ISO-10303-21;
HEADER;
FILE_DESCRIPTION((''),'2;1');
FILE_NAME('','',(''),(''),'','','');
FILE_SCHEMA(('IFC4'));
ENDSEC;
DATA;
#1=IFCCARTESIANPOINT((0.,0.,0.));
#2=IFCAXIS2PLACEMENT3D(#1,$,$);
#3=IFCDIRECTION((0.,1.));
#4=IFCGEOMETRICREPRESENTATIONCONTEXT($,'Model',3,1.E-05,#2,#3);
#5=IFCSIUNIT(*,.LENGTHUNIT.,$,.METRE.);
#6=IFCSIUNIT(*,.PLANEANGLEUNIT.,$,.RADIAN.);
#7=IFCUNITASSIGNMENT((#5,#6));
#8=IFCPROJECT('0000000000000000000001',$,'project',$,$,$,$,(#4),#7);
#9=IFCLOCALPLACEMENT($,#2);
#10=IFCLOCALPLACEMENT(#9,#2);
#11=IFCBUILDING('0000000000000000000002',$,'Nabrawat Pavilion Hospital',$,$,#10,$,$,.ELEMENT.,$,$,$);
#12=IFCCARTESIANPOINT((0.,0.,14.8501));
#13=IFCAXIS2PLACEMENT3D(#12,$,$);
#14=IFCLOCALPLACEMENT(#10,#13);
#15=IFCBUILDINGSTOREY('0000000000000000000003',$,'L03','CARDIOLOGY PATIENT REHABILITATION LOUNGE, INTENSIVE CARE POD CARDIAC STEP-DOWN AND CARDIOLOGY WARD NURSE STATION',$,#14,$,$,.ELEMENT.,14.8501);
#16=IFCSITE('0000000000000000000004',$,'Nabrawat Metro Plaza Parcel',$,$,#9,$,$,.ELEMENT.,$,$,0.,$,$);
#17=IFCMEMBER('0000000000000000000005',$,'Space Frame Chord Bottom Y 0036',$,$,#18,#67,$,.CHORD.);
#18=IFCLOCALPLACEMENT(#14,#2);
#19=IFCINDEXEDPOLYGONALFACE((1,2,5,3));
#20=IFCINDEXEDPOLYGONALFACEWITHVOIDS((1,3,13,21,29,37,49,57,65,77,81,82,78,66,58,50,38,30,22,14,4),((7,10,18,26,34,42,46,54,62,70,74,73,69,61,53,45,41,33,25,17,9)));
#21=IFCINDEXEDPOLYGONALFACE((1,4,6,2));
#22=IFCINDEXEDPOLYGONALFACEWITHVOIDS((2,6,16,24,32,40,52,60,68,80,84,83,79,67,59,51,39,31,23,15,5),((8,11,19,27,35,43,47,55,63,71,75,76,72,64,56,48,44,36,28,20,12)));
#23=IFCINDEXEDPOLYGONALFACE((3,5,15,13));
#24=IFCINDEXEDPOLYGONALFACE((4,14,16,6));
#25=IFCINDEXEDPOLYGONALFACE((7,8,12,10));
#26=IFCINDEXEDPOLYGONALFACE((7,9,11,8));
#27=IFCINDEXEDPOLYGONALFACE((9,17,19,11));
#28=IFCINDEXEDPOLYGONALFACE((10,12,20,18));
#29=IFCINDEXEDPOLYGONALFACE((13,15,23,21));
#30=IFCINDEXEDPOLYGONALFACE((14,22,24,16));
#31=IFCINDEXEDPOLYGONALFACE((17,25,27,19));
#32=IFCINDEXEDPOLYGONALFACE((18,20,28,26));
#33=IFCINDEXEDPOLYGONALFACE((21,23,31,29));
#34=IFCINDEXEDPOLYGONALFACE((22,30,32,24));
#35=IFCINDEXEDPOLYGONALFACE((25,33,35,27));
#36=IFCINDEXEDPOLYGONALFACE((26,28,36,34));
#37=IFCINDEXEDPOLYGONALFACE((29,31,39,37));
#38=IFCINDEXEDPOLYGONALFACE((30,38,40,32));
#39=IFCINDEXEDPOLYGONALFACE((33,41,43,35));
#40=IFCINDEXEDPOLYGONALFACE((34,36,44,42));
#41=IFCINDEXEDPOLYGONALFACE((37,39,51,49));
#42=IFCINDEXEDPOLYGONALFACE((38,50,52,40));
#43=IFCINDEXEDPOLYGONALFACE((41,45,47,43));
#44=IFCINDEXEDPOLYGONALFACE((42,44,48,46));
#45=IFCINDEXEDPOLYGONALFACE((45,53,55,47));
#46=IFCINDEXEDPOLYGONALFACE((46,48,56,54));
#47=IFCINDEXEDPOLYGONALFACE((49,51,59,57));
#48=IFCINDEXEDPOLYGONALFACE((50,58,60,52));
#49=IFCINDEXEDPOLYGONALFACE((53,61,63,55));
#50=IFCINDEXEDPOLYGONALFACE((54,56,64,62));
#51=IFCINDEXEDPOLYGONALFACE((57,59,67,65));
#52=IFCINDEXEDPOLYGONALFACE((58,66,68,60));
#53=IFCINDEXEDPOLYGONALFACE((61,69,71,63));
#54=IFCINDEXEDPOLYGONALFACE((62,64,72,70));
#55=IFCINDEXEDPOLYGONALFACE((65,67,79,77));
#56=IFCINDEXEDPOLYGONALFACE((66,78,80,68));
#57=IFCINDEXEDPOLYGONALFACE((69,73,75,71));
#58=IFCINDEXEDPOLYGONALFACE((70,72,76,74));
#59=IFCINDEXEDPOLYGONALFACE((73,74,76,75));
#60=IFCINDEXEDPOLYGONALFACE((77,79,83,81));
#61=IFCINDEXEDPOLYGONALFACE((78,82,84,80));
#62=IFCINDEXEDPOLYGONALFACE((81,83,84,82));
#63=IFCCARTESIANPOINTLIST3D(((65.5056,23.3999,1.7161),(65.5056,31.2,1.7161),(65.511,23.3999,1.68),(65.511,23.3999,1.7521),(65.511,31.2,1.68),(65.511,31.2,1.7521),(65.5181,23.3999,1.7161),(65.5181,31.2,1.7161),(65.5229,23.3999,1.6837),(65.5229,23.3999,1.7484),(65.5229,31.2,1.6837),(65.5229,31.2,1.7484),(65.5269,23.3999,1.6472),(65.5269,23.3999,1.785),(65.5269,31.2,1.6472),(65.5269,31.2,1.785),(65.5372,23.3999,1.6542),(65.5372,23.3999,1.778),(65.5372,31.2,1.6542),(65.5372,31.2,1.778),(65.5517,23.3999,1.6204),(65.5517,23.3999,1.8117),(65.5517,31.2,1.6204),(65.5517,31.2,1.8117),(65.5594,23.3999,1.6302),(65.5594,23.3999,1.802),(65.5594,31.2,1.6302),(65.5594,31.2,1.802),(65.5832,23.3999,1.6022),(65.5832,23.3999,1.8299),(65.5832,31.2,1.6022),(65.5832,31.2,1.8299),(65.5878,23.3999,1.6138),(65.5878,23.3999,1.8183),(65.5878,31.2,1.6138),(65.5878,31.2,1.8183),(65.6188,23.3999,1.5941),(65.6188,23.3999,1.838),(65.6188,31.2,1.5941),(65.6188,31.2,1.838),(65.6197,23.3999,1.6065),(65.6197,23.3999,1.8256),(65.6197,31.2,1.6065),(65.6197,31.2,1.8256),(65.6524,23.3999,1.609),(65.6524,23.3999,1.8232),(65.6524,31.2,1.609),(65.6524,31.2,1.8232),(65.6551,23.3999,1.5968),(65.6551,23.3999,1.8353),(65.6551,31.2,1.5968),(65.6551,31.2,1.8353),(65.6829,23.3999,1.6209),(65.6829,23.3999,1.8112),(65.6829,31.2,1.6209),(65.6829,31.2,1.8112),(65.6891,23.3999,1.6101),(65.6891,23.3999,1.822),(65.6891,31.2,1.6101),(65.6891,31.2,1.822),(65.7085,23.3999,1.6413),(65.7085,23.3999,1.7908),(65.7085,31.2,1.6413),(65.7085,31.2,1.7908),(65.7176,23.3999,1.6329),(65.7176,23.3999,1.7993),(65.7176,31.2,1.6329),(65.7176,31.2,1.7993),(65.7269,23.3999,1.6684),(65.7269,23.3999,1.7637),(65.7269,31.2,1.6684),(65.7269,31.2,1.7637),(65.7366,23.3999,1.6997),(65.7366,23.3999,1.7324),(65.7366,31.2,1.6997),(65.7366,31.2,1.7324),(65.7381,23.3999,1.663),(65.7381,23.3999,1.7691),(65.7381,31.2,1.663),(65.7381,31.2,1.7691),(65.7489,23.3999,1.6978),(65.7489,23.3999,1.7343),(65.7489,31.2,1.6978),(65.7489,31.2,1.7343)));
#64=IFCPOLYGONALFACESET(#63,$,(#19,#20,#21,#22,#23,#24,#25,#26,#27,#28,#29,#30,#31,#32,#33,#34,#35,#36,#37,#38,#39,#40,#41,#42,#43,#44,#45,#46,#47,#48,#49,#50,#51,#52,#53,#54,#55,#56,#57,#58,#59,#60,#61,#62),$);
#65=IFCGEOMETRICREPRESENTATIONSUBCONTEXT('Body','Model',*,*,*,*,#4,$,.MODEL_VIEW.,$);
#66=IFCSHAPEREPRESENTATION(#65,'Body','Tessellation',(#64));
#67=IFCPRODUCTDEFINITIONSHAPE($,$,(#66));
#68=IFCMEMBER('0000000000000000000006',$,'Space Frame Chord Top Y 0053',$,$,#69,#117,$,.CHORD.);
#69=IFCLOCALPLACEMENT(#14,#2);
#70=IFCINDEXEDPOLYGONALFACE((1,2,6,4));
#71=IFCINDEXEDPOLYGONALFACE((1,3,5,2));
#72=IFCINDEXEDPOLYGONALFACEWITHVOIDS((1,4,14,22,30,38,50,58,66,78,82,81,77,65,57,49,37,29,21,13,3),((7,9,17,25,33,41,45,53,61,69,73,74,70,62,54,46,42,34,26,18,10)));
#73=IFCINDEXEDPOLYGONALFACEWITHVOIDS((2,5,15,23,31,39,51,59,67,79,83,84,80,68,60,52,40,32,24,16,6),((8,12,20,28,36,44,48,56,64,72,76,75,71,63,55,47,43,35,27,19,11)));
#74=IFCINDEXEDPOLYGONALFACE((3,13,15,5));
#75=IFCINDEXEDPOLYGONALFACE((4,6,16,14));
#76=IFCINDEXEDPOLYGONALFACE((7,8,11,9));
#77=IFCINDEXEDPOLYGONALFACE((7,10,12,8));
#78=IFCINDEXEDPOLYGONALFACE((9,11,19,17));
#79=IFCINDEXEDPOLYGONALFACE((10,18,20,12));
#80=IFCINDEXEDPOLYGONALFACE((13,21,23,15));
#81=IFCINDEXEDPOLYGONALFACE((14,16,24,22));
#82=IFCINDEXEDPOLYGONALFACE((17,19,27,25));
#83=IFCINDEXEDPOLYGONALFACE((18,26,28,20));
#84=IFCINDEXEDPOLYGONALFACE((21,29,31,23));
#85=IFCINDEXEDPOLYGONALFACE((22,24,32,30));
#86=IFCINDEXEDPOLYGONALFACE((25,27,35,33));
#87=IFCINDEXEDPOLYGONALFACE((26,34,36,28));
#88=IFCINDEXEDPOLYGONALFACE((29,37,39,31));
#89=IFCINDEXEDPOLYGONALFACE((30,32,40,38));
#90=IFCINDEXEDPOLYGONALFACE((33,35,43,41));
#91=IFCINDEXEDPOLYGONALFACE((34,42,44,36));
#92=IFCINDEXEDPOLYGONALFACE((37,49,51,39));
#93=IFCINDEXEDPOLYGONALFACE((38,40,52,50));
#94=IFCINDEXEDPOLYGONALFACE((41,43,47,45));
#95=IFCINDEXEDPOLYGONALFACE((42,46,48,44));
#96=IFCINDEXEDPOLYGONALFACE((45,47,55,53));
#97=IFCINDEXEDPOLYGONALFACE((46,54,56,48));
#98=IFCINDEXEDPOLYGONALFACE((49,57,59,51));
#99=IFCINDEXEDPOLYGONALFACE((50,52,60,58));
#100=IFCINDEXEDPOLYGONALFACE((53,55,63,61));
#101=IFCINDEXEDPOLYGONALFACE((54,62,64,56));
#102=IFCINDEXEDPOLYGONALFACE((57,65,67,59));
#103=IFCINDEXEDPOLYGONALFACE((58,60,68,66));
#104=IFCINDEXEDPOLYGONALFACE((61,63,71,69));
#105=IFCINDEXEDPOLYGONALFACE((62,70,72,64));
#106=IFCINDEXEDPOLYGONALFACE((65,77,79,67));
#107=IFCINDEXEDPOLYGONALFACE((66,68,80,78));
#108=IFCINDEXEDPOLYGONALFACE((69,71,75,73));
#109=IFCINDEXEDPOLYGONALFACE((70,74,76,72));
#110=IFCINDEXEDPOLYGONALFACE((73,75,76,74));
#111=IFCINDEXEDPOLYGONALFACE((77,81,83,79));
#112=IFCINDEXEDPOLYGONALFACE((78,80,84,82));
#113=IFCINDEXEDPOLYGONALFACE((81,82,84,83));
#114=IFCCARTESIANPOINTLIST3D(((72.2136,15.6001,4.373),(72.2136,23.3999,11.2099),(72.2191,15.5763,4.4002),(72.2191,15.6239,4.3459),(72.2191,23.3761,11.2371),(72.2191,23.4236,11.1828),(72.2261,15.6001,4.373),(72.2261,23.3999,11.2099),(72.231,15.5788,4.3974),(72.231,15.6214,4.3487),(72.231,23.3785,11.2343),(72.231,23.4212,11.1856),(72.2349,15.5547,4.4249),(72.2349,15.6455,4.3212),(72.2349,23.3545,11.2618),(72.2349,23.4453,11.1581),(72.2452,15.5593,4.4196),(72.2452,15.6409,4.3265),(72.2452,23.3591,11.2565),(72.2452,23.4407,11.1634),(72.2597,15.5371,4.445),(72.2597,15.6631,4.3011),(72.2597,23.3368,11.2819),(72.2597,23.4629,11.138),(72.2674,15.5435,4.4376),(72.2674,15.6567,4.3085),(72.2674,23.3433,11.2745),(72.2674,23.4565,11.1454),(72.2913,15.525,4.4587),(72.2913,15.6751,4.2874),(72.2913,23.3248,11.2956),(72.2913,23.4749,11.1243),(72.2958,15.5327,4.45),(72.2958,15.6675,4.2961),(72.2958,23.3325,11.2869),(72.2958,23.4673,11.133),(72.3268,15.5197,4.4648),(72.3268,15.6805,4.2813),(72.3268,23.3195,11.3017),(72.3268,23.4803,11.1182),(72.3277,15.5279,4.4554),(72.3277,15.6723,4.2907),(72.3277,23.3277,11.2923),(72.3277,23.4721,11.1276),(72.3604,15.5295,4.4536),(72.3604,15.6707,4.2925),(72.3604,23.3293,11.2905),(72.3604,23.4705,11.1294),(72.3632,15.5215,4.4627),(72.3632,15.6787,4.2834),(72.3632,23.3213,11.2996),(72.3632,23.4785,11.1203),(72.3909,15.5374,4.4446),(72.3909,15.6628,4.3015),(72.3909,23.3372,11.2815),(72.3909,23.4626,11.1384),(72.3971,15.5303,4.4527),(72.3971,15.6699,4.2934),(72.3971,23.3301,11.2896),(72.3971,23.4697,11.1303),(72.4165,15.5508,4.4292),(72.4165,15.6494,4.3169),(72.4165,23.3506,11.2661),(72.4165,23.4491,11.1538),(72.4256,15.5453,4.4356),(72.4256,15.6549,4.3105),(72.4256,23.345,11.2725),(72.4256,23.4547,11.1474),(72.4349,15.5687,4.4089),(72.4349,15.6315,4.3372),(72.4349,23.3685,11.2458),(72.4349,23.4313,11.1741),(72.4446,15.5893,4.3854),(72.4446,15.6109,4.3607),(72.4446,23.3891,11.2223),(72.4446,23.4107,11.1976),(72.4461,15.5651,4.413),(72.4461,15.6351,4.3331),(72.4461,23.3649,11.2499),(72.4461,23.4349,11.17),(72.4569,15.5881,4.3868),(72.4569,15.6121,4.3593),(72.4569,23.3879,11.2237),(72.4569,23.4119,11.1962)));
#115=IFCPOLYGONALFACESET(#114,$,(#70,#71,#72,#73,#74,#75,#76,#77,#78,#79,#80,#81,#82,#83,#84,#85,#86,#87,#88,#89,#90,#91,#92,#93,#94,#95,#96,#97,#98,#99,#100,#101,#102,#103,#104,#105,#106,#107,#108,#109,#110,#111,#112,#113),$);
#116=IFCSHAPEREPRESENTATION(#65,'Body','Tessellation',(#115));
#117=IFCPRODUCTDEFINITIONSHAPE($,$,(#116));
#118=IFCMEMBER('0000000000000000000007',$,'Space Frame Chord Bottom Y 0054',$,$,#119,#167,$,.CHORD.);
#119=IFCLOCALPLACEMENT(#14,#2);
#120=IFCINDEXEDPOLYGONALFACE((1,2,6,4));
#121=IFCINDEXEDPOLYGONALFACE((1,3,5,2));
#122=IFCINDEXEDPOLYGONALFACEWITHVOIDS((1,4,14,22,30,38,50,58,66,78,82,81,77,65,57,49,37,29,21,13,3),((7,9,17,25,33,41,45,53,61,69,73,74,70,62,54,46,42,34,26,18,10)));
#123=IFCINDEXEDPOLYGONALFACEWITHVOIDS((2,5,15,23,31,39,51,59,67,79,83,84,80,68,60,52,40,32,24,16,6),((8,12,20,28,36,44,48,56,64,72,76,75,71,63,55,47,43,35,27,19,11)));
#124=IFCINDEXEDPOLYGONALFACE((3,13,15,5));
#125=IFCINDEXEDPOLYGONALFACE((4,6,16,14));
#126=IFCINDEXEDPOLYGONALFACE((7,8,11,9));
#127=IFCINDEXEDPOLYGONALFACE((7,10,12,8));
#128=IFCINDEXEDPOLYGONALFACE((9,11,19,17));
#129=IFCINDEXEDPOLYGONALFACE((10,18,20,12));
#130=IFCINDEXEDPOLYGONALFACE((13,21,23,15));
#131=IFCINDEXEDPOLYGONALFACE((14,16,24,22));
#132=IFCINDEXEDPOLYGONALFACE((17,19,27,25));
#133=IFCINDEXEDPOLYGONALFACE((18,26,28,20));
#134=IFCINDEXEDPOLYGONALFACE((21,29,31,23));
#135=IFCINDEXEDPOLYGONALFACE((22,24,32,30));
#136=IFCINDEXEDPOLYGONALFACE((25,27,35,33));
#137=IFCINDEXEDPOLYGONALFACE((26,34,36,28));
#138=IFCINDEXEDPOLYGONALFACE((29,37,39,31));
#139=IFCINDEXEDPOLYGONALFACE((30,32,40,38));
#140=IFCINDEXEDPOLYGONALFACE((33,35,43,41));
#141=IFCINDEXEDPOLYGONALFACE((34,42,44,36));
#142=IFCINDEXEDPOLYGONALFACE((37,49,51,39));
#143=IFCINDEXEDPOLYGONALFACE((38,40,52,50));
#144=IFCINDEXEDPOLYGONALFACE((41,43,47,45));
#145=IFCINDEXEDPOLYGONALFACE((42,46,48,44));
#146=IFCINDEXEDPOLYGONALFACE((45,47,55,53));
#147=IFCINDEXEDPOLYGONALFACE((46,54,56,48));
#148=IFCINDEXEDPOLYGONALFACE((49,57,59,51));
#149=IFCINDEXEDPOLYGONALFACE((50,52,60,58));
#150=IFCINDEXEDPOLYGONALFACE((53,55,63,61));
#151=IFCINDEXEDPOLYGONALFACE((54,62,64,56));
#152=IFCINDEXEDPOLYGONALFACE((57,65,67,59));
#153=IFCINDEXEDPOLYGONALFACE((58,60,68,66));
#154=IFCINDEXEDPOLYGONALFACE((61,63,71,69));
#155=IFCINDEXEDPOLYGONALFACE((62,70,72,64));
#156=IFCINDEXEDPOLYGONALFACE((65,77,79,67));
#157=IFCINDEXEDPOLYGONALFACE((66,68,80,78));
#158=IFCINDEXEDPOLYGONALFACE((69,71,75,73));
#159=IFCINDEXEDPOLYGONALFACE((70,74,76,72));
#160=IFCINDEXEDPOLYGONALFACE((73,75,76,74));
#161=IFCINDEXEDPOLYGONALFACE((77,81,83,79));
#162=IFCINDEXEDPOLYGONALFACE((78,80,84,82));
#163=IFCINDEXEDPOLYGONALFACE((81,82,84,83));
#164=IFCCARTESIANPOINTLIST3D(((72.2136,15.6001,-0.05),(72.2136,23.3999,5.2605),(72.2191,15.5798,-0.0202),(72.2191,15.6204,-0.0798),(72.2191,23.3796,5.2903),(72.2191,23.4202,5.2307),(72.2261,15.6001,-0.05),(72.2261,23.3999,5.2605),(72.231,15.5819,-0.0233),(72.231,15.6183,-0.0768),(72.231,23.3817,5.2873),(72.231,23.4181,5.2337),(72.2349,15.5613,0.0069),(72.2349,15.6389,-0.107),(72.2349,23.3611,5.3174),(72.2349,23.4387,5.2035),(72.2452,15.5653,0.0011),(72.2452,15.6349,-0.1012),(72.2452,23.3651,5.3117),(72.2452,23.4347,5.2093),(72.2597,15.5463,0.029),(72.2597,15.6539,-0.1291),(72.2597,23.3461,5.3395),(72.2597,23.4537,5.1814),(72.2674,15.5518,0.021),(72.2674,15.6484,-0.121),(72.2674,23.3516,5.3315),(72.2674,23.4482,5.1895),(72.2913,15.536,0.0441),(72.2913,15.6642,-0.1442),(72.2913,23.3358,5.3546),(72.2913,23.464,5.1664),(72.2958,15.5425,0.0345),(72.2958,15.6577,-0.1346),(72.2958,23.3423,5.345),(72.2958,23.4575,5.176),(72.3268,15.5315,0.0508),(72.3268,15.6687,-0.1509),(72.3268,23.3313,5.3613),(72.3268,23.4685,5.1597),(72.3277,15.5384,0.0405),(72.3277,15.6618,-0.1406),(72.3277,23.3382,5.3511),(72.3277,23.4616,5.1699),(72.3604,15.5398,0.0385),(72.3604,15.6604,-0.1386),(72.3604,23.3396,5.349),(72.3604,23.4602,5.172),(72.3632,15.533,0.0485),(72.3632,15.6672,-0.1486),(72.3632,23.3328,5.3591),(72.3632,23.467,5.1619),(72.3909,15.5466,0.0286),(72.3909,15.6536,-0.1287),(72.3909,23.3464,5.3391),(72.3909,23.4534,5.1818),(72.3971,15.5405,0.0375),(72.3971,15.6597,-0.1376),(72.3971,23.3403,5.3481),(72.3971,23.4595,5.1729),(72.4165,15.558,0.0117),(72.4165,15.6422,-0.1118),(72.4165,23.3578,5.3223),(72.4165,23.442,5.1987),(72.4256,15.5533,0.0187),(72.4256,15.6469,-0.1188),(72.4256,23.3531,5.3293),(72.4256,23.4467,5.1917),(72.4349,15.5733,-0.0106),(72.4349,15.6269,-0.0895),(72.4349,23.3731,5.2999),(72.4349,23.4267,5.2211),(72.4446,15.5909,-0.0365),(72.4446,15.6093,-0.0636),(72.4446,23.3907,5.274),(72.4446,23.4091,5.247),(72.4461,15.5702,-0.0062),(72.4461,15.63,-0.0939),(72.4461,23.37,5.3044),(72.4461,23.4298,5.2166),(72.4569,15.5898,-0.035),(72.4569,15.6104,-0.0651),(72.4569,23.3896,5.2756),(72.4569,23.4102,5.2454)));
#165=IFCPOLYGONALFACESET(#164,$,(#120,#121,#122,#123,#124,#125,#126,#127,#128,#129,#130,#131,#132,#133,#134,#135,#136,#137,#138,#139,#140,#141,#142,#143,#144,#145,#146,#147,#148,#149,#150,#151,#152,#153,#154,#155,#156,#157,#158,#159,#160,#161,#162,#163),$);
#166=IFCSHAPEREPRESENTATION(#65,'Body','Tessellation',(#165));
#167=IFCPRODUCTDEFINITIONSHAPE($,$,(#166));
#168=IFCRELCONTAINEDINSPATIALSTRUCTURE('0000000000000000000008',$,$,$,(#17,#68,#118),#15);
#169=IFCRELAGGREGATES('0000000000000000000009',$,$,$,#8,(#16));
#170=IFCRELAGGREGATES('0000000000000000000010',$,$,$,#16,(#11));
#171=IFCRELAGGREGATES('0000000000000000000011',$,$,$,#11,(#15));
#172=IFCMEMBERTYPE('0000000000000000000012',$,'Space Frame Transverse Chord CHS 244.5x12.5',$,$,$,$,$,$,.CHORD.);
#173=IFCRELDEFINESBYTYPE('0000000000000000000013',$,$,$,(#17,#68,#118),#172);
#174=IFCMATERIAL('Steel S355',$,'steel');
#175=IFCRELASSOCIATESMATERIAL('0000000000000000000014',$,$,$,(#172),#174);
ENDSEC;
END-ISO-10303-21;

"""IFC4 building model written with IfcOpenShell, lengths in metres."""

from ifc_helpers import new_model, si_unit, direction, frame, origin, origin_2d, place, context, subcontext, project, spatial, hollow_circle, extrude, material, material_profile, profile_set, type_object, element, save


model = new_model("IFC4")

# Units and contexts
model_context = context("Model", 3, precision=1e-05, world=origin(), true_north=direction((0.0, 1.0)))
body_context = subcontext(model_context, "Body", "Model", "MODEL_VIEW")
ifc_project = project(units=[si_unit("LENGTHUNIT", "METRE"), si_unit("PLANEANGLEUNIT", "RADIAN")], contexts=[model_context])

# Site, building, storey
site_placement = place(None, origin())
site = spatial("IfcSite", under=ifc_project, at=site_placement, Name="Nabrawat Metro Plaza Parcel", CompositionType="ELEMENT", RefElevation=0.0)
building_placement = place(site_placement, origin())
building = spatial("IfcBuilding", under=site, at=building_placement, Name="Nabrawat Pavilion Hospital", CompositionType="ELEMENT")
storey_placement = place(building_placement, frame((0.0, 0.0, 14.8501)))
storey = spatial("IfcBuildingStorey", under=building, at=storey_placement, Name="L03", Description="CARDIOLOGY PATIENT REHABILITATION LOUNGE, INTENSIVE CARE POD CARDIAC STEP-DOWN AND CARDIOLOGY WARD NURSE STATION", CompositionType="ELEMENT", Elevation=14.8501)

# Shared definitions
ifc_material = material(Name="Steel S355", Category="steel")

# Members
ifc_material_profile_1 = material_profile(ifc_material, hollow_circle(Radius=0.1223, WallThickness=0.0125, at=origin_2d()), Name="CHS 244.5x12.5")
ifc_profile_set_1 = profile_set([ifc_material_profile_1], Name="Steel S355")
member_type_1 = type_object("IfcMemberType", Name="Space Frame Transverse Chord CHS 244.5x12.5", PredefinedType="CHORD", material=ifc_profile_set_1)
for number, where, z_axis, x_axis, name in (
    (1, (65.6279, 23.3999, 1.7161), (0.0, 1.0, 0.0), (-1.0, 0.0, 0.0), "Space Frame Chord Bottom Y 0036"),
):
    element("IfcMember", number, at=place(storey_placement, frame(where, z_axis=z_axis, x_axis=x_axis)), inside=storey, type_object=member_type_1, Name=name, PredefinedType="CHORD", context=body_context, shape_type="SweptSolid", body=[
        extrude(hollow_circle(Radius=0.1223, WallThickness=0.0125, at=origin_2d()), origin(), (0.0, 0.0, 1.0), 7.8),
    ])
member_1_placement = place(storey_placement, frame((72.3359, 15.6001, 4.373), z_axis=(0.0, 0.751999, 0.659164), x_axis=(-1.0, 0.0, 0.0)))
element("IfcMember", 2, at=member_1_placement, inside=storey, type_object=member_type_1, Name="Space Frame Chord Top Y 0053", PredefinedType="CHORD", context=body_context, shape_type="SweptSolid", body=[
    extrude(hollow_circle(Radius=0.1223, WallThickness=0.0125, at=origin_2d()), origin(), (0.0, 0.0, 1.0), 10.3721),
])
member_2_placement = place(storey_placement, frame((72.3359, 15.6001, -0.05), z_axis=(0.0, 0.826597, 0.562794), x_axis=(-1.0, 0.0, 0.0)))
element("IfcMember", 3, at=member_2_placement, inside=storey, type_object=member_type_1, Name="Space Frame Chord Bottom Y 0054", PredefinedType="CHORD", context=body_context, shape_type="SweptSolid", body=[
    extrude(hollow_circle(Radius=0.1223, WallThickness=0.0125, at=origin_2d()), origin(), (0.0, 0.0, 1.0), 9.436),
])

save(model, "model.ifc")
